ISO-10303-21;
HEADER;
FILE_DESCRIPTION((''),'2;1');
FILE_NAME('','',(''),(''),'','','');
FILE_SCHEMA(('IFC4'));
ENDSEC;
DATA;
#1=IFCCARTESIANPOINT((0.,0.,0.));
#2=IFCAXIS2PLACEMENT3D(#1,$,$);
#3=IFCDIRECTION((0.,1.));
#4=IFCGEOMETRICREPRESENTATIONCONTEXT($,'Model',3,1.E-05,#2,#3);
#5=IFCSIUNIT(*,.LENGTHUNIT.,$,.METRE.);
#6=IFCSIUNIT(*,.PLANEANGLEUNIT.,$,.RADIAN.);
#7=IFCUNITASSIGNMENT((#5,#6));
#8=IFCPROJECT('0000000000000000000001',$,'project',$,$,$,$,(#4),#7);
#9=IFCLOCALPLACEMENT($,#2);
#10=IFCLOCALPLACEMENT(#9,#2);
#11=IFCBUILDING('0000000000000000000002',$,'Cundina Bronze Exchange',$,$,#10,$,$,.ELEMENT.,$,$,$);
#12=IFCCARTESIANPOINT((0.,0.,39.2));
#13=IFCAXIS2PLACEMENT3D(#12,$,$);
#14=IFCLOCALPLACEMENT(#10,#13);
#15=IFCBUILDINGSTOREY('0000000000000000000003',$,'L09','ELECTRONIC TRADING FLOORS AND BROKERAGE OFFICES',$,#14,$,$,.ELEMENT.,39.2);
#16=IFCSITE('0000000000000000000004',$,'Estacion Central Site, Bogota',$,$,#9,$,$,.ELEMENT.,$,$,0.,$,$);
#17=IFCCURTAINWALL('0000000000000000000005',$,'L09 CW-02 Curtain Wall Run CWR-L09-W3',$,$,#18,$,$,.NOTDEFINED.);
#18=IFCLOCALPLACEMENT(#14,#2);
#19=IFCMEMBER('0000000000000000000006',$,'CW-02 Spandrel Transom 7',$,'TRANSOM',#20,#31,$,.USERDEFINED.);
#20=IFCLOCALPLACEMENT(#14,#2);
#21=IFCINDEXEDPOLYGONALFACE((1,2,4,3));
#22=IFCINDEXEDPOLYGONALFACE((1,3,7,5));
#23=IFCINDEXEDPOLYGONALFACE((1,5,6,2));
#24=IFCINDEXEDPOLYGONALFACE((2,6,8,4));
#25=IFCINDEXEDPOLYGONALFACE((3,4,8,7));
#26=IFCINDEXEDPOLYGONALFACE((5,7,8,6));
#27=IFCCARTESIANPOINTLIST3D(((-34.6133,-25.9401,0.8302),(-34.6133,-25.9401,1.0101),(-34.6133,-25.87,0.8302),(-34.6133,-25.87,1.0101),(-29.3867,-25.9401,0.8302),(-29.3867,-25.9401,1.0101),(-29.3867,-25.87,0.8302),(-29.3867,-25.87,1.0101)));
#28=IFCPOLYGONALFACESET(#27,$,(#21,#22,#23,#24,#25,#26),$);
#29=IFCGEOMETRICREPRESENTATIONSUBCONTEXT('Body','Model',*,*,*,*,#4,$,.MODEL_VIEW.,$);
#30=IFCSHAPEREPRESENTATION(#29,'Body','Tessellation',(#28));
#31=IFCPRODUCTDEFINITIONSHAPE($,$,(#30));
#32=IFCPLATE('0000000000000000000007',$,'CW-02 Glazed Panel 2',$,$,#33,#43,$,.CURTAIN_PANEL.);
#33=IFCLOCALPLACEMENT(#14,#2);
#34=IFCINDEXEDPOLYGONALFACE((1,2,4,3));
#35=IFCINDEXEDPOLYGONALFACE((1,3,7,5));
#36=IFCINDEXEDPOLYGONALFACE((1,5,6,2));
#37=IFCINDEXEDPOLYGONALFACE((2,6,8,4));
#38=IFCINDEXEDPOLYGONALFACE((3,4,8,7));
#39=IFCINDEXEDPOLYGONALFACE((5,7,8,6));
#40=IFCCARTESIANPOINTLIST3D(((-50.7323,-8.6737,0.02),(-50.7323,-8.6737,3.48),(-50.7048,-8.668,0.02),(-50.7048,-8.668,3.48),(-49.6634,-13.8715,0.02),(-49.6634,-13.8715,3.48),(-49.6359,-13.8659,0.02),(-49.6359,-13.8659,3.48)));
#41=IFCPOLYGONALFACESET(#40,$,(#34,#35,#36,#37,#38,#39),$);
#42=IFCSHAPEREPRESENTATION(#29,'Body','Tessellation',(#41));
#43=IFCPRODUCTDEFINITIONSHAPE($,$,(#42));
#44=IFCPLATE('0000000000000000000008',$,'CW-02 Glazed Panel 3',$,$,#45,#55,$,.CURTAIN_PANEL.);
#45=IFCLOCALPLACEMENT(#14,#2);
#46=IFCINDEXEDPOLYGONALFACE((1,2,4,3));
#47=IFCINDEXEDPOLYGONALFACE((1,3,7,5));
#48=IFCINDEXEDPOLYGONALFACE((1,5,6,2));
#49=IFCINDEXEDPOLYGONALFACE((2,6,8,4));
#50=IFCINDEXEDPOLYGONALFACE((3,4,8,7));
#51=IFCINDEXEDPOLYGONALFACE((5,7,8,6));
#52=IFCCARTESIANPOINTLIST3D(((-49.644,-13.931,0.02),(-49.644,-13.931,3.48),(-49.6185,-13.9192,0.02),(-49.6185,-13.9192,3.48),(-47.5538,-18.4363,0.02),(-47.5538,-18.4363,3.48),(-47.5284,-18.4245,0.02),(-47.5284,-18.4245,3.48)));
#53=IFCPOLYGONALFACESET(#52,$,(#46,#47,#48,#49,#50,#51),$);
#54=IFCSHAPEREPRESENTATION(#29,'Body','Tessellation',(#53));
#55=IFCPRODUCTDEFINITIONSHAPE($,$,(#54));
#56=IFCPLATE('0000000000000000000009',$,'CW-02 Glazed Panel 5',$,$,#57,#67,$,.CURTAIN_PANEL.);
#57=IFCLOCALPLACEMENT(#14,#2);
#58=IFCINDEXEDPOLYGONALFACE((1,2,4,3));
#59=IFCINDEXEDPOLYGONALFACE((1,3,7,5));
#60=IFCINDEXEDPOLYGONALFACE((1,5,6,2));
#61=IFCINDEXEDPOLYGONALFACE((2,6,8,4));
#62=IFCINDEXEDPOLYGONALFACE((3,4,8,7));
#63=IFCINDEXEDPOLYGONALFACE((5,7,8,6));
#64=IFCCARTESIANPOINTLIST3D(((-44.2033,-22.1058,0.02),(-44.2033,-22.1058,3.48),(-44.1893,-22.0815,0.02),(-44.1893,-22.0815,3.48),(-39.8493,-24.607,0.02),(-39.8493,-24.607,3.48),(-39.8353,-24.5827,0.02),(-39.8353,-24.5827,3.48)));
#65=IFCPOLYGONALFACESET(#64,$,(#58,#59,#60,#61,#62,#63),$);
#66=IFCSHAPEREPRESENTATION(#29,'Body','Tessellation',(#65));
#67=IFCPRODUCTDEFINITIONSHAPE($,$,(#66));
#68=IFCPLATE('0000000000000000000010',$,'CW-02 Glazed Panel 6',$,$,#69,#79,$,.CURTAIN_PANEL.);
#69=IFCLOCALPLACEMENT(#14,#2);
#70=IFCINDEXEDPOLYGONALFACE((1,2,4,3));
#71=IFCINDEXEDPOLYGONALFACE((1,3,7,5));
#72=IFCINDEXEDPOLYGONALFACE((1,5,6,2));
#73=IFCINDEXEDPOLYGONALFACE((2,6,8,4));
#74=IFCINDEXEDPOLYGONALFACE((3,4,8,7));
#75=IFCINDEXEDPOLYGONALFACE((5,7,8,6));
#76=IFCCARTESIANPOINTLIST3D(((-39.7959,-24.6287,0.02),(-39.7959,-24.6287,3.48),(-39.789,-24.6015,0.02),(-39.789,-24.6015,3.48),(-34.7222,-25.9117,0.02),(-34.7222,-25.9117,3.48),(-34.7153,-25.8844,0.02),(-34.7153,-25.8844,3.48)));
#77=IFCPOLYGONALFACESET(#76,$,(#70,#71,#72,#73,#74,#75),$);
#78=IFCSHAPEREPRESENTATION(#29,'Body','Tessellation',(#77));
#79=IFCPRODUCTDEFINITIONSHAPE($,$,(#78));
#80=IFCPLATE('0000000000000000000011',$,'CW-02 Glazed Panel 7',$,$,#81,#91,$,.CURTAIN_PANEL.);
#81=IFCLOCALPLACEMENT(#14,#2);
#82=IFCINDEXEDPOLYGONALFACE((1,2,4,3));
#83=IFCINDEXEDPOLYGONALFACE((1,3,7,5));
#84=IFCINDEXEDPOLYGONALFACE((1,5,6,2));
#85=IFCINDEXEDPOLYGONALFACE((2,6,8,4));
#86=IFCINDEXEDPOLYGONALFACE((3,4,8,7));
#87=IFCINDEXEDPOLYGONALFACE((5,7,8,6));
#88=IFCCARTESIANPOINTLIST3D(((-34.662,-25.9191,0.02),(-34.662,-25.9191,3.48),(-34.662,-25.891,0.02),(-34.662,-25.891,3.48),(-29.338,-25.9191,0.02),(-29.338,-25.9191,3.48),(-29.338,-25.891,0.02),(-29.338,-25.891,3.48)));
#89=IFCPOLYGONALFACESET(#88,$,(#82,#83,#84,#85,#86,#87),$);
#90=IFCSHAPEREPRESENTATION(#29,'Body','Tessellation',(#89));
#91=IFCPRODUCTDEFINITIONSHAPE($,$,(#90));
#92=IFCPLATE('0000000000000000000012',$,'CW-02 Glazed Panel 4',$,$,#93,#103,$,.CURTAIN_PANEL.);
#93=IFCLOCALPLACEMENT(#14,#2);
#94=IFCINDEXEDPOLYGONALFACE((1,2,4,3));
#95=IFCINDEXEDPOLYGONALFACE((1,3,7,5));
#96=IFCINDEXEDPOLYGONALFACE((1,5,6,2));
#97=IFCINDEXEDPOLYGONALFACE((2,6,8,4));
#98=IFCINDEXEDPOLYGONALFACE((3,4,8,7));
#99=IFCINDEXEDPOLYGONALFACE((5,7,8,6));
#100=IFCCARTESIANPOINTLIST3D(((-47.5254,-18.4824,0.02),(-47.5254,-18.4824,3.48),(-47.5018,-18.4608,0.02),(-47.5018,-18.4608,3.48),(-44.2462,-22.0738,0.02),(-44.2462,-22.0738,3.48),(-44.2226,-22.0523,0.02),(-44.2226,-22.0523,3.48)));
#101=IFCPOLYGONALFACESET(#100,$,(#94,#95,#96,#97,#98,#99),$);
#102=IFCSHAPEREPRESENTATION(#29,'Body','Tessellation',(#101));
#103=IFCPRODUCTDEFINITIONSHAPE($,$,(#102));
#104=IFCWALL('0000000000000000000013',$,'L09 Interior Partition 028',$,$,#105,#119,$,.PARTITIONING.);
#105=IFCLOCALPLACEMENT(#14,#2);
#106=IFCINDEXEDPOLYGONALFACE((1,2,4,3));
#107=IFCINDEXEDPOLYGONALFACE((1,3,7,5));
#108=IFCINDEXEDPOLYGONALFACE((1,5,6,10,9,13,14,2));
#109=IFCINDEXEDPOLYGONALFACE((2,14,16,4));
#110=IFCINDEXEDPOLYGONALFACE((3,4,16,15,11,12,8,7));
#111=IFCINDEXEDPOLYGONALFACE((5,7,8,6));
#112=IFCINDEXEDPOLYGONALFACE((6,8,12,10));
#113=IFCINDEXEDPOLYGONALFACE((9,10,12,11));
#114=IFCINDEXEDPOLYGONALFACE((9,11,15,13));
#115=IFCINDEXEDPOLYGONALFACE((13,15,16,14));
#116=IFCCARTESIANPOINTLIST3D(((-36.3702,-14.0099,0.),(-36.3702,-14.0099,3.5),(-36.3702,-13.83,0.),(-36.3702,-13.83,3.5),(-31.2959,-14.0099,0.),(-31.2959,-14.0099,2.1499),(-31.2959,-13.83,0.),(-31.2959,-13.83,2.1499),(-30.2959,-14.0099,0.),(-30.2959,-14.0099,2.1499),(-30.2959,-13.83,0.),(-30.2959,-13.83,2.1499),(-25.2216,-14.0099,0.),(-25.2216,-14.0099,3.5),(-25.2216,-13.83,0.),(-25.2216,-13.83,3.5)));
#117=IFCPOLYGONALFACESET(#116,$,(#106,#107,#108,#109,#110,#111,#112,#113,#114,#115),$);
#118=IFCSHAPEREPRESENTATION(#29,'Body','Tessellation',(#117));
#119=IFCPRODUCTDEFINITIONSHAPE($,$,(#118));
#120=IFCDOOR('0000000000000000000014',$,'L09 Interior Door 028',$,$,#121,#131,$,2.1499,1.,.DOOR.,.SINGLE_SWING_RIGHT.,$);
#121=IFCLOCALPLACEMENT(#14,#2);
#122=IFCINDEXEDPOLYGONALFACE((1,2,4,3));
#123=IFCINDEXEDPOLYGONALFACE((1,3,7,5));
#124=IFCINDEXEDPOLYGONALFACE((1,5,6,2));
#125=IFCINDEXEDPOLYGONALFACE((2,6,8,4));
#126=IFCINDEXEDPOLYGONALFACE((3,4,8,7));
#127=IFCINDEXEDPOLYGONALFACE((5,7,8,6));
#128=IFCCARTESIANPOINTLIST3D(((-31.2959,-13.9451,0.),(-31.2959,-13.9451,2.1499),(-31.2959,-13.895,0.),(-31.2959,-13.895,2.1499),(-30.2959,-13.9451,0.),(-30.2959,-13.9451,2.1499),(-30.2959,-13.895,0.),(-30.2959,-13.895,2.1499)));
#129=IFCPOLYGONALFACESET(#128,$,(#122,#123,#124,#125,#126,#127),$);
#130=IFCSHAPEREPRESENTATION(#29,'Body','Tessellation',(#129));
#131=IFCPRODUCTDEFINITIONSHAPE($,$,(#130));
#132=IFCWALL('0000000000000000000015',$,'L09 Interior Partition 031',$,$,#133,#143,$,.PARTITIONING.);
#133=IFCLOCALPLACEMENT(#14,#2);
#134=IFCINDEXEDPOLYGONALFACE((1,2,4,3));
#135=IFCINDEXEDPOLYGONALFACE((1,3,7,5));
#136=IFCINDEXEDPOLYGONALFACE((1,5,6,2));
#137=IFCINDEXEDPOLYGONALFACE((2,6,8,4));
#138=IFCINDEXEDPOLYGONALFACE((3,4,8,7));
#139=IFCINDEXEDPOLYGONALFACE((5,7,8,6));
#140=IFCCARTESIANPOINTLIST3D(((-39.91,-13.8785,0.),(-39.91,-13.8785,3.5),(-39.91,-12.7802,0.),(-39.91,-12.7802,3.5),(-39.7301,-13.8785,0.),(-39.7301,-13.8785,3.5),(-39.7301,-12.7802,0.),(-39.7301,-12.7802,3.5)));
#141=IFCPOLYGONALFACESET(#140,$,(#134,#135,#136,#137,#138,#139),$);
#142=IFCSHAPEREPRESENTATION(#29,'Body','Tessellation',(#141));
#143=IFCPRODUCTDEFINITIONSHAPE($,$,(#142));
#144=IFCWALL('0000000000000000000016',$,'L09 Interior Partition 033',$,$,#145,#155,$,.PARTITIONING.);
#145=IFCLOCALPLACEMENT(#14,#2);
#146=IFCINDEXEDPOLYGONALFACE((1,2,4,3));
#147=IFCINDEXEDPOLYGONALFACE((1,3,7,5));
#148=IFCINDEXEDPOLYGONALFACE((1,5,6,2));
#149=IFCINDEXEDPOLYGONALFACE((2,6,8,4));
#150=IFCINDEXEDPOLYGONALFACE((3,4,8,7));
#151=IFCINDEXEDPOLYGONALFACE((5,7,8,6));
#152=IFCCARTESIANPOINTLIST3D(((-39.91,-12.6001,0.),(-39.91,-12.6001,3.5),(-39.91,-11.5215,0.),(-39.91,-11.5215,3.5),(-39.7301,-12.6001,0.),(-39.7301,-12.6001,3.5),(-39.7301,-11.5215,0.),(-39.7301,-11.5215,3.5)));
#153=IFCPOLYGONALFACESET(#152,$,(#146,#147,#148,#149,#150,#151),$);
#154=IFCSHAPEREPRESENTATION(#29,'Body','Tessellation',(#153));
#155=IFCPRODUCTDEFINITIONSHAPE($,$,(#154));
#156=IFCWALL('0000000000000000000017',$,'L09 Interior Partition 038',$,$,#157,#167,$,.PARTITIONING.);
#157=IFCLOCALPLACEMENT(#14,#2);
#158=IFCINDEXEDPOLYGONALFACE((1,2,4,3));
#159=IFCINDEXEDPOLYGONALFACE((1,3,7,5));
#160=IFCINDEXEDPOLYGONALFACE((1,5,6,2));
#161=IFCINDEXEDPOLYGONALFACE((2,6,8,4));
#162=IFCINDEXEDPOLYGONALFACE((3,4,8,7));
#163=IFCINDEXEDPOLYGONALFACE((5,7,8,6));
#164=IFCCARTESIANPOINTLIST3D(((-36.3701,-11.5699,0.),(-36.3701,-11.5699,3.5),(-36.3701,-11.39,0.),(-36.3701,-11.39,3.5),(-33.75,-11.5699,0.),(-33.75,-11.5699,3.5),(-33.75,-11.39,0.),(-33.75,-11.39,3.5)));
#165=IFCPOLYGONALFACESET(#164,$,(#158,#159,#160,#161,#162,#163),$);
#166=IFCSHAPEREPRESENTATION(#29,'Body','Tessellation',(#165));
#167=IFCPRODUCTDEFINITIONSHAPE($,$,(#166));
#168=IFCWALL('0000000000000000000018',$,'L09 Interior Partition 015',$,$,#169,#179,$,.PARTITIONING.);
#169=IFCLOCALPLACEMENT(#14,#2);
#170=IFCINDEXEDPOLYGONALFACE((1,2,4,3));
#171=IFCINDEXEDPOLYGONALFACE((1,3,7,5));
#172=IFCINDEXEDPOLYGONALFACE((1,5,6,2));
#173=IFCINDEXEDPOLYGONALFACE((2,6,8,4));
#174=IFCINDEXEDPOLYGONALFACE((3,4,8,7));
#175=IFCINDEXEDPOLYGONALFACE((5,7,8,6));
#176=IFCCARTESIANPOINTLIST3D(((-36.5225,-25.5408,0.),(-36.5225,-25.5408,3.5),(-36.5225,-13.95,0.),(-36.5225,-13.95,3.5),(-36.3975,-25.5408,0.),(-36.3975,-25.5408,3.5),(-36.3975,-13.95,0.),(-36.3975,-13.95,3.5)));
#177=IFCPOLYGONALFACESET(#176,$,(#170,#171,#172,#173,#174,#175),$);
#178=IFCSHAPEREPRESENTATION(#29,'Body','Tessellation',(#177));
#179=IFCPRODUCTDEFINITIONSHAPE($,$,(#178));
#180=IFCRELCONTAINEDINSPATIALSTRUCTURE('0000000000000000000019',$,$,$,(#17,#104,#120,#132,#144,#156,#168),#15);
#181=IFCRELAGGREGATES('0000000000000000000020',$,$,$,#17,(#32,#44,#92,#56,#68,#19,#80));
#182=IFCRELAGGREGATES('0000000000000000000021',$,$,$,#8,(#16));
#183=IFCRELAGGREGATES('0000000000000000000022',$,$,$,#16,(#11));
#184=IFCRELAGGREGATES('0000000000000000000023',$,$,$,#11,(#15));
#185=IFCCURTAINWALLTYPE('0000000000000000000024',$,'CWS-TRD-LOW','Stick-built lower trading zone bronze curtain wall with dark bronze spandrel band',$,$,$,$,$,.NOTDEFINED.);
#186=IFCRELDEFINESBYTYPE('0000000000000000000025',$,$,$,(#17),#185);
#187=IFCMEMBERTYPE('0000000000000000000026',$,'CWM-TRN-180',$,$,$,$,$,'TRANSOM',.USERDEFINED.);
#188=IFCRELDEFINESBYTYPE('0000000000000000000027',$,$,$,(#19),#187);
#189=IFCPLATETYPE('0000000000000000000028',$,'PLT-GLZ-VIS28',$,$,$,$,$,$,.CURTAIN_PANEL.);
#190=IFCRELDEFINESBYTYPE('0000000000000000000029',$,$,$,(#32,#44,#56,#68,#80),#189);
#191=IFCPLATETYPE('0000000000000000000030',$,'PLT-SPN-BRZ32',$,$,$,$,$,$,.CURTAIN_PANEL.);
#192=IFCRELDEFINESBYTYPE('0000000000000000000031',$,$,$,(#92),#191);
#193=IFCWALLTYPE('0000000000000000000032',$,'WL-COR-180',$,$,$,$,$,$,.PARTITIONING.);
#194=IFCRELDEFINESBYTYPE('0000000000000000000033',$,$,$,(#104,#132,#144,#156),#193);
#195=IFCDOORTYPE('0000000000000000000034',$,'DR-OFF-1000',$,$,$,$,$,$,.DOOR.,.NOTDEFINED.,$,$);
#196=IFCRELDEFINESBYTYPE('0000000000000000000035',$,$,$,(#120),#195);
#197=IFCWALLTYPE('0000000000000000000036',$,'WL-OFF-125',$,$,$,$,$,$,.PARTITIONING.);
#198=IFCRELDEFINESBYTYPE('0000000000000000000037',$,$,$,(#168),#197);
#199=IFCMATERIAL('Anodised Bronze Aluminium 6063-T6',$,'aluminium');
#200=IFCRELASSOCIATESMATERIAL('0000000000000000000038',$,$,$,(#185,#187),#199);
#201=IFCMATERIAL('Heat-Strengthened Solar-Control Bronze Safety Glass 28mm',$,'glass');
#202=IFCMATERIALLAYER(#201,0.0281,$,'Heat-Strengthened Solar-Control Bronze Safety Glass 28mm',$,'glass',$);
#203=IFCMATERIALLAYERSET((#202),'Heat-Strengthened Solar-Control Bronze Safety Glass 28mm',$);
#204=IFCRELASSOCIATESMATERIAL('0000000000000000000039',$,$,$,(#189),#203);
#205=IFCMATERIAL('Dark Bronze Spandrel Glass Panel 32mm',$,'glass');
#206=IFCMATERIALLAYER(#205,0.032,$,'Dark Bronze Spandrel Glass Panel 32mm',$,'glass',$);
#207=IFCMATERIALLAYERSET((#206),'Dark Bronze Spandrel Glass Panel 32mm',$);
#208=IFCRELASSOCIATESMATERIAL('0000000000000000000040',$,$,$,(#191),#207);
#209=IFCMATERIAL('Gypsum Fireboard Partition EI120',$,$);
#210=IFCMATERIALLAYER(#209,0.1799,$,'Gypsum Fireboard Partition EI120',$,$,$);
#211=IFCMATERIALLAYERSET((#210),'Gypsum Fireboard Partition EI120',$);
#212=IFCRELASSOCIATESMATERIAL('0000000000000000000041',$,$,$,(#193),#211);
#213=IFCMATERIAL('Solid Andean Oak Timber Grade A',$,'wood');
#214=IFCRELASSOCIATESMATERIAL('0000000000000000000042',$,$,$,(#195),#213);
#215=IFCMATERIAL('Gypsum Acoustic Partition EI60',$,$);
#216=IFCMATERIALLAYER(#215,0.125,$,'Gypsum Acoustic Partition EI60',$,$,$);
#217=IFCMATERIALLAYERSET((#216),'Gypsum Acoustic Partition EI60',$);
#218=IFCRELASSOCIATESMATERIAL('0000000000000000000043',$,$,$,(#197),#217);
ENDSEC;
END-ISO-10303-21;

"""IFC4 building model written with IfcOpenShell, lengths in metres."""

from ifc_helpers import new_model, si_unit, direction, frame, frame_2d, origin, origin_2d, place, context, subcontext, project, spatial, rectangle, extrude, material, layer, layer_set, material_profile, profile_set, type_object, element, fill, aggregate, save


model = new_model("IFC4")

# Units and contexts
model_context = context("Model", 3, precision=1e-05, world=origin(), true_north=direction((0.0, 1.0)))
body_context = subcontext(model_context, "Body", "Model", "MODEL_VIEW")
ifc_project = project(units=[si_unit("LENGTHUNIT", "METRE"), si_unit("PLANEANGLEUNIT", "RADIAN")], contexts=[model_context])

# Site, building, storey
site_placement = place(None, origin())
site = spatial("IfcSite", under=ifc_project, at=site_placement, Name="Estacion Central Site, Bogota", CompositionType="ELEMENT", RefElevation=0.0)
building_placement = place(site_placement, origin())
building = spatial("IfcBuilding", under=site, at=building_placement, Name="Cundina Bronze Exchange", CompositionType="ELEMENT")
storey_placement = place(building_placement, frame((0.0, 0.0, 39.2)))
storey = spatial("IfcBuildingStorey", under=building, at=storey_placement, Name="L09", Description="ELECTRONIC TRADING FLOORS AND BROKERAGE OFFICES", CompositionType="ELEMENT", Elevation=39.2)

# Curtain wall, member, plates
ifc_material_1 = material(Name="Anodised Bronze Aluminium 6063-T6", Category="aluminium")
curtain_wall_type = type_object("IfcCurtainWallType", Name="CWS-TRD-LOW", Description="Stick-built lower trading zone bronze curtain wall with dark bronze spandrel band", PredefinedType="NOTDEFINED", material=ifc_material_1)
curtain_wall_placement = place(storey_placement, origin())
curtain_wall = element("IfcCurtainWall", 1, at=curtain_wall_placement, inside=storey, type_object=curtain_wall_type, Name="L09 CW-02 Curtain Wall Run CWR-L09-W3", PredefinedType="NOTDEFINED")
ifc_material_profile_1 = material_profile(ifc_material_1, rectangle(XDim=0.0701, YDim=0.1799, at=origin_2d()), Name="AL70X180", Category="aluminium")
ifc_profile_set_1 = profile_set([ifc_material_profile_1], Name="Anodised Bronze Aluminium 6063-T6")
member_type_1 = type_object("IfcMemberType", Name="CWM-TRN-180", ElementType="TRANSOM", PredefinedType="USERDEFINED", material=ifc_profile_set_1)
member_1_placement = place(storey_placement, frame((-34.6133, -25.905, 0.9202), z_axis=(1.0, 0.0, 0.0), x_axis=(0.0, 1.0, 0.0)))
member_1 = element("IfcMember", 2, at=member_1_placement, type_object=member_type_1, Name="CW-02 Spandrel Transom 7", ObjectType="TRANSOM", PredefinedType="USERDEFINED", context=body_context, shape_type="SweptSolid", body=[
    extrude(rectangle(XDim=0.0701, YDim=0.1799, at=origin_2d()), origin(), (0.0, 0.0, 1.0), 5.2266),
])
ifc_material_2 = material(Name="Heat-Strengthened Solar-Control Bronze Safety Glass 28mm", Category="glass")
ifc_layer_1 = layer(ifc_material_2, 0.0281, Name="Heat-Strengthened Solar-Control Bronze Safety Glass 28mm", Category="glass")
ifc_layer_set_1 = layer_set([ifc_layer_1], Name="Heat-Strengthened Solar-Control Bronze Safety Glass 28mm")
plate_type_1 = type_object("IfcPlateType", Name="PLT-GLZ-VIS28", PredefinedType="CURTAIN_PANEL", material=ifc_layer_set_1)
plate_1_placement = place(storey_placement, frame((-50.1841, -11.2698, 0.02), z_axis=(0.0, 0.0, 1.0), x_axis=(0.20142, -0.979505, 0.0)))
plate_1 = element("IfcPlate", 3, at=plate_1_placement, type_object=plate_type_1, Name="CW-02 Glazed Panel 2", PredefinedType="CURTAIN_PANEL", context=body_context, shape_type="SweptSolid", body=[
    extrude(rectangle(XDim=5.3066, YDim=0.0281, at=origin_2d()), origin(), (0.0, 0.0, 1.0), 3.46),
])
plate_2_placement = place(storey_placement, frame((-48.5862, -16.1777, 0.02), z_axis=(0.0, 0.0, 1.0), x_axis=(0.420846, -0.907132, 0.0)))
plate_2 = element("IfcPlate", 4, at=plate_2_placement, type_object=plate_type_1, Name="CW-02 Glazed Panel 3", PredefinedType="CURTAIN_PANEL", context=body_context, shape_type="SweptSolid", body=[
    extrude(rectangle(XDim=4.9666, YDim=0.0281, at=origin_2d()), origin(), (0.0, 0.0, 1.0), 3.46),
])
plate_3_placement = place(storey_placement, frame((-42.0193, -23.3442, 0.02), z_axis=(0.0, 0.0, 1.0), x_axis=(0.867105, -0.498125, 0.0)))
plate_3 = element("IfcPlate", 5, at=plate_3_placement, type_object=plate_type_1, Name="CW-02 Glazed Panel 5", PredefinedType="CURTAIN_PANEL", context=body_context, shape_type="SweptSolid", body=[
    extrude(rectangle(XDim=5.0212, YDim=0.0281, at=origin_2d()), origin(), (0.0, 0.0, 1.0), 3.46),
])
plate_4_placement = place(storey_placement, frame((-37.2556, -25.2566, 0.02), z_axis=(0.0, 0.0, 1.0), x_axis=(0.969488, -0.245138, 0.0)))
plate_4 = element("IfcPlate", 6, at=plate_4_placement, type_object=plate_type_1, Name="CW-02 Glazed Panel 6", PredefinedType="CURTAIN_PANEL", context=body_context, shape_type="SweptSolid", body=[
    extrude(rectangle(XDim=5.2334, YDim=0.0281, at=origin_2d()), origin(), (0.0, 0.0, 1.0), 3.46),
])
plate_5_placement = place(storey_placement, frame((-32.0, -25.905, 0.02), z_axis=(0.0, 0.0, 1.0), x_axis=(1.0, 0.0, 0.0)))
plate_5 = element("IfcPlate", 7, at=plate_5_placement, type_object=plate_type_1, Name="CW-02 Glazed Panel 7", PredefinedType="CURTAIN_PANEL", context=body_context, shape_type="SweptSolid", body=[
    extrude(rectangle(XDim=5.324, YDim=0.0281, at=origin_2d()), origin(), (0.0, 0.0, 1.0), 3.46),
])
ifc_material_3 = material(Name="Dark Bronze Spandrel Glass Panel 32mm", Category="glass")
ifc_layer_2 = layer(ifc_material_3, 0.032, Name="Dark Bronze Spandrel Glass Panel 32mm", Category="glass")
ifc_layer_set_2 = layer_set([ifc_layer_2], Name="Dark Bronze Spandrel Glass Panel 32mm")
plate_type_2 = type_object("IfcPlateType", Name="PLT-SPN-BRZ32", PredefinedType="CURTAIN_PANEL", material=ifc_layer_set_2)
plate_6_placement = place(storey_placement, frame((-45.874, -20.2673, 0.02), z_axis=(0.0, 0.0, 1.0), x_axis=(0.674277, -0.738479, 0.0)))
plate_6 = element("IfcPlate", 8, at=plate_6_placement, type_object=plate_type_2, Name="CW-02 Glazed Panel 4", PredefinedType="CURTAIN_PANEL", context=body_context, shape_type="SweptSolid", body=[
    extrude(rectangle(XDim=4.8633, YDim=0.032, at=origin_2d()), origin(), (0.0, 0.0, 1.0), 3.46),
])
aggregate(curtain_wall, [plate_1, plate_2, plate_6, plate_3, plate_4, member_1, plate_5])

# Wall, opening, door
ifc_material_4 = material(Name="Gypsum Fireboard Partition EI120")
ifc_layer_3 = layer(ifc_material_4, 0.1799, Name="Gypsum Fireboard Partition EI120")
ifc_layer_set_3 = layer_set([ifc_layer_3], Name="Gypsum Fireboard Partition EI120")
wall_type_1 = type_object("IfcWallType", Name="WL-COR-180", PredefinedType="PARTITIONING", material=ifc_layer_set_3)
wall_1_placement = place(storey_placement, frame((-36.3701, -13.9199, 0.0), z_axis=(0.0, 0.0, 1.0), x_axis=(1.0, 0.0, 0.0)))
wall_1 = element("IfcWall", 9, at=wall_1_placement, inside=storey, type_object=wall_type_1, Name="L09 Interior Partition 028", PredefinedType="PARTITIONING", context=body_context, shape_type="SweptSolid", body=[
    extrude(rectangle(XDim=11.1487, YDim=0.1799, at=frame_2d((5.5742, 0.0))), origin(), (0.0, 0.0, 1.0), 3.5),
])
opening_1_placement = place(wall_1_placement, frame((5.0742, 0.0, 0.0)))
opening_1 = element("IfcOpeningElement", 10, at=opening_1_placement, cuts=wall_1, PredefinedType="OPENING", context=body_context, shape_type="SweptSolid", body=[
    extrude(rectangle(XDim=1.0, YDim=2.1499, at=frame_2d((0.5, 1.075))), frame((0.0, 0.0999, 0.0), z_axis=(0.0, -1.0, 0.0), x_axis=(1.0, 0.0, 0.0)), (0.0, 0.0, 1.0), 0.2),
])
ifc_material_5 = material(Name="Solid Andean Oak Timber Grade A", Category="wood")
door_type = type_object("IfcDoorType", Name="DR-OFF-1000", OperationType="NOTDEFINED", PredefinedType="DOOR", material=ifc_material_5)
door_1_placement = place(opening_1_placement, origin())
door_1 = element("IfcDoor", 11, at=door_1_placement, inside=storey, type_object=door_type, Name="L09 Interior Door 028", OperationType="SINGLE_SWING_RIGHT", OverallHeight=2.1499, OverallWidth=1.0, PredefinedType="DOOR", context=body_context, shape_type="SweptSolid", body=[
    extrude(rectangle(XDim=1.0, YDim=2.1499, at=frame_2d((0.5, 1.075))), frame((0.0, 0.0249, 0.0), z_axis=(0.0, -1.0, 0.0), x_axis=(1.0, 0.0, 0.0)), (0.0, 0.0, 1.0), 0.05),
])
fill(opening_1, door_1)

# Wall
wall_2_placement = place(storey_placement, frame((-39.8201, -12.78, 0.0), z_axis=(0.0, 0.0, 1.0), x_axis=(0.0, -1.0, 0.0)))
element("IfcWall", 12, at=wall_2_placement, inside=storey, type_object=wall_type_1, Name="L09 Interior Partition 031", PredefinedType="PARTITIONING", context=body_context, shape_type="SweptSolid", body=[
    extrude(rectangle(XDim=1.0984, YDim=0.1799, at=frame_2d((0.5493, 0.0))), origin(), (0.0, 0.0, 1.0), 3.5),
])

# Walls
wall_3_placement = place(storey_placement, frame((-39.8201, -11.5215, 0.0), z_axis=(0.0, 0.0, 1.0), x_axis=(0.0, -1.0, 0.0)))
element("IfcWall", 13, at=wall_3_placement, inside=storey, type_object=wall_type_1, Name="L09 Interior Partition 033", PredefinedType="PARTITIONING", context=body_context, shape_type="SweptSolid", body=[
    extrude(rectangle(XDim=1.0786, YDim=0.1799, at=frame_2d((0.5393, 0.0))), origin(), (0.0, 0.0, 1.0), 3.5),
])
wall_4_placement = place(storey_placement, frame((-33.75, -11.48, 0.0), z_axis=(0.0, 0.0, 1.0), x_axis=(-1.0, 0.0, 0.0)))
element("IfcWall", 14, at=wall_4_placement, inside=storey, type_object=wall_type_1, Name="L09 Interior Partition 038", PredefinedType="PARTITIONING", context=body_context, shape_type="SweptSolid", body=[
    extrude(rectangle(XDim=2.6201, YDim=0.1799, at=frame_2d((1.3101, 0.0))), origin(), (0.0, 0.0, 1.0), 3.5),
])
ifc_material_6 = material(Name="Gypsum Acoustic Partition EI60")
ifc_layer_4 = layer(ifc_material_6, 0.125, Name="Gypsum Acoustic Partition EI60")
ifc_layer_set_4 = layer_set([ifc_layer_4], Name="Gypsum Acoustic Partition EI60")
wall_type_2 = type_object("IfcWallType", Name="WL-OFF-125", PredefinedType="PARTITIONING", material=ifc_layer_set_4)
wall_5_placement = place(storey_placement, frame((-36.46, -25.5408, 0.0), z_axis=(0.0, 0.0, 1.0), x_axis=(0.0, 1.0, 0.0)))
element("IfcWall", 15, at=wall_5_placement, inside=storey, type_object=wall_type_2, Name="L09 Interior Partition 015", PredefinedType="PARTITIONING", context=body_context, shape_type="SweptSolid", body=[
    extrude(rectangle(XDim=11.5908, YDim=0.125, at=frame_2d((5.7954, 0.0))), origin(), (0.0, 0.0, 1.0), 3.5),
])

save(model, "model.ifc")
